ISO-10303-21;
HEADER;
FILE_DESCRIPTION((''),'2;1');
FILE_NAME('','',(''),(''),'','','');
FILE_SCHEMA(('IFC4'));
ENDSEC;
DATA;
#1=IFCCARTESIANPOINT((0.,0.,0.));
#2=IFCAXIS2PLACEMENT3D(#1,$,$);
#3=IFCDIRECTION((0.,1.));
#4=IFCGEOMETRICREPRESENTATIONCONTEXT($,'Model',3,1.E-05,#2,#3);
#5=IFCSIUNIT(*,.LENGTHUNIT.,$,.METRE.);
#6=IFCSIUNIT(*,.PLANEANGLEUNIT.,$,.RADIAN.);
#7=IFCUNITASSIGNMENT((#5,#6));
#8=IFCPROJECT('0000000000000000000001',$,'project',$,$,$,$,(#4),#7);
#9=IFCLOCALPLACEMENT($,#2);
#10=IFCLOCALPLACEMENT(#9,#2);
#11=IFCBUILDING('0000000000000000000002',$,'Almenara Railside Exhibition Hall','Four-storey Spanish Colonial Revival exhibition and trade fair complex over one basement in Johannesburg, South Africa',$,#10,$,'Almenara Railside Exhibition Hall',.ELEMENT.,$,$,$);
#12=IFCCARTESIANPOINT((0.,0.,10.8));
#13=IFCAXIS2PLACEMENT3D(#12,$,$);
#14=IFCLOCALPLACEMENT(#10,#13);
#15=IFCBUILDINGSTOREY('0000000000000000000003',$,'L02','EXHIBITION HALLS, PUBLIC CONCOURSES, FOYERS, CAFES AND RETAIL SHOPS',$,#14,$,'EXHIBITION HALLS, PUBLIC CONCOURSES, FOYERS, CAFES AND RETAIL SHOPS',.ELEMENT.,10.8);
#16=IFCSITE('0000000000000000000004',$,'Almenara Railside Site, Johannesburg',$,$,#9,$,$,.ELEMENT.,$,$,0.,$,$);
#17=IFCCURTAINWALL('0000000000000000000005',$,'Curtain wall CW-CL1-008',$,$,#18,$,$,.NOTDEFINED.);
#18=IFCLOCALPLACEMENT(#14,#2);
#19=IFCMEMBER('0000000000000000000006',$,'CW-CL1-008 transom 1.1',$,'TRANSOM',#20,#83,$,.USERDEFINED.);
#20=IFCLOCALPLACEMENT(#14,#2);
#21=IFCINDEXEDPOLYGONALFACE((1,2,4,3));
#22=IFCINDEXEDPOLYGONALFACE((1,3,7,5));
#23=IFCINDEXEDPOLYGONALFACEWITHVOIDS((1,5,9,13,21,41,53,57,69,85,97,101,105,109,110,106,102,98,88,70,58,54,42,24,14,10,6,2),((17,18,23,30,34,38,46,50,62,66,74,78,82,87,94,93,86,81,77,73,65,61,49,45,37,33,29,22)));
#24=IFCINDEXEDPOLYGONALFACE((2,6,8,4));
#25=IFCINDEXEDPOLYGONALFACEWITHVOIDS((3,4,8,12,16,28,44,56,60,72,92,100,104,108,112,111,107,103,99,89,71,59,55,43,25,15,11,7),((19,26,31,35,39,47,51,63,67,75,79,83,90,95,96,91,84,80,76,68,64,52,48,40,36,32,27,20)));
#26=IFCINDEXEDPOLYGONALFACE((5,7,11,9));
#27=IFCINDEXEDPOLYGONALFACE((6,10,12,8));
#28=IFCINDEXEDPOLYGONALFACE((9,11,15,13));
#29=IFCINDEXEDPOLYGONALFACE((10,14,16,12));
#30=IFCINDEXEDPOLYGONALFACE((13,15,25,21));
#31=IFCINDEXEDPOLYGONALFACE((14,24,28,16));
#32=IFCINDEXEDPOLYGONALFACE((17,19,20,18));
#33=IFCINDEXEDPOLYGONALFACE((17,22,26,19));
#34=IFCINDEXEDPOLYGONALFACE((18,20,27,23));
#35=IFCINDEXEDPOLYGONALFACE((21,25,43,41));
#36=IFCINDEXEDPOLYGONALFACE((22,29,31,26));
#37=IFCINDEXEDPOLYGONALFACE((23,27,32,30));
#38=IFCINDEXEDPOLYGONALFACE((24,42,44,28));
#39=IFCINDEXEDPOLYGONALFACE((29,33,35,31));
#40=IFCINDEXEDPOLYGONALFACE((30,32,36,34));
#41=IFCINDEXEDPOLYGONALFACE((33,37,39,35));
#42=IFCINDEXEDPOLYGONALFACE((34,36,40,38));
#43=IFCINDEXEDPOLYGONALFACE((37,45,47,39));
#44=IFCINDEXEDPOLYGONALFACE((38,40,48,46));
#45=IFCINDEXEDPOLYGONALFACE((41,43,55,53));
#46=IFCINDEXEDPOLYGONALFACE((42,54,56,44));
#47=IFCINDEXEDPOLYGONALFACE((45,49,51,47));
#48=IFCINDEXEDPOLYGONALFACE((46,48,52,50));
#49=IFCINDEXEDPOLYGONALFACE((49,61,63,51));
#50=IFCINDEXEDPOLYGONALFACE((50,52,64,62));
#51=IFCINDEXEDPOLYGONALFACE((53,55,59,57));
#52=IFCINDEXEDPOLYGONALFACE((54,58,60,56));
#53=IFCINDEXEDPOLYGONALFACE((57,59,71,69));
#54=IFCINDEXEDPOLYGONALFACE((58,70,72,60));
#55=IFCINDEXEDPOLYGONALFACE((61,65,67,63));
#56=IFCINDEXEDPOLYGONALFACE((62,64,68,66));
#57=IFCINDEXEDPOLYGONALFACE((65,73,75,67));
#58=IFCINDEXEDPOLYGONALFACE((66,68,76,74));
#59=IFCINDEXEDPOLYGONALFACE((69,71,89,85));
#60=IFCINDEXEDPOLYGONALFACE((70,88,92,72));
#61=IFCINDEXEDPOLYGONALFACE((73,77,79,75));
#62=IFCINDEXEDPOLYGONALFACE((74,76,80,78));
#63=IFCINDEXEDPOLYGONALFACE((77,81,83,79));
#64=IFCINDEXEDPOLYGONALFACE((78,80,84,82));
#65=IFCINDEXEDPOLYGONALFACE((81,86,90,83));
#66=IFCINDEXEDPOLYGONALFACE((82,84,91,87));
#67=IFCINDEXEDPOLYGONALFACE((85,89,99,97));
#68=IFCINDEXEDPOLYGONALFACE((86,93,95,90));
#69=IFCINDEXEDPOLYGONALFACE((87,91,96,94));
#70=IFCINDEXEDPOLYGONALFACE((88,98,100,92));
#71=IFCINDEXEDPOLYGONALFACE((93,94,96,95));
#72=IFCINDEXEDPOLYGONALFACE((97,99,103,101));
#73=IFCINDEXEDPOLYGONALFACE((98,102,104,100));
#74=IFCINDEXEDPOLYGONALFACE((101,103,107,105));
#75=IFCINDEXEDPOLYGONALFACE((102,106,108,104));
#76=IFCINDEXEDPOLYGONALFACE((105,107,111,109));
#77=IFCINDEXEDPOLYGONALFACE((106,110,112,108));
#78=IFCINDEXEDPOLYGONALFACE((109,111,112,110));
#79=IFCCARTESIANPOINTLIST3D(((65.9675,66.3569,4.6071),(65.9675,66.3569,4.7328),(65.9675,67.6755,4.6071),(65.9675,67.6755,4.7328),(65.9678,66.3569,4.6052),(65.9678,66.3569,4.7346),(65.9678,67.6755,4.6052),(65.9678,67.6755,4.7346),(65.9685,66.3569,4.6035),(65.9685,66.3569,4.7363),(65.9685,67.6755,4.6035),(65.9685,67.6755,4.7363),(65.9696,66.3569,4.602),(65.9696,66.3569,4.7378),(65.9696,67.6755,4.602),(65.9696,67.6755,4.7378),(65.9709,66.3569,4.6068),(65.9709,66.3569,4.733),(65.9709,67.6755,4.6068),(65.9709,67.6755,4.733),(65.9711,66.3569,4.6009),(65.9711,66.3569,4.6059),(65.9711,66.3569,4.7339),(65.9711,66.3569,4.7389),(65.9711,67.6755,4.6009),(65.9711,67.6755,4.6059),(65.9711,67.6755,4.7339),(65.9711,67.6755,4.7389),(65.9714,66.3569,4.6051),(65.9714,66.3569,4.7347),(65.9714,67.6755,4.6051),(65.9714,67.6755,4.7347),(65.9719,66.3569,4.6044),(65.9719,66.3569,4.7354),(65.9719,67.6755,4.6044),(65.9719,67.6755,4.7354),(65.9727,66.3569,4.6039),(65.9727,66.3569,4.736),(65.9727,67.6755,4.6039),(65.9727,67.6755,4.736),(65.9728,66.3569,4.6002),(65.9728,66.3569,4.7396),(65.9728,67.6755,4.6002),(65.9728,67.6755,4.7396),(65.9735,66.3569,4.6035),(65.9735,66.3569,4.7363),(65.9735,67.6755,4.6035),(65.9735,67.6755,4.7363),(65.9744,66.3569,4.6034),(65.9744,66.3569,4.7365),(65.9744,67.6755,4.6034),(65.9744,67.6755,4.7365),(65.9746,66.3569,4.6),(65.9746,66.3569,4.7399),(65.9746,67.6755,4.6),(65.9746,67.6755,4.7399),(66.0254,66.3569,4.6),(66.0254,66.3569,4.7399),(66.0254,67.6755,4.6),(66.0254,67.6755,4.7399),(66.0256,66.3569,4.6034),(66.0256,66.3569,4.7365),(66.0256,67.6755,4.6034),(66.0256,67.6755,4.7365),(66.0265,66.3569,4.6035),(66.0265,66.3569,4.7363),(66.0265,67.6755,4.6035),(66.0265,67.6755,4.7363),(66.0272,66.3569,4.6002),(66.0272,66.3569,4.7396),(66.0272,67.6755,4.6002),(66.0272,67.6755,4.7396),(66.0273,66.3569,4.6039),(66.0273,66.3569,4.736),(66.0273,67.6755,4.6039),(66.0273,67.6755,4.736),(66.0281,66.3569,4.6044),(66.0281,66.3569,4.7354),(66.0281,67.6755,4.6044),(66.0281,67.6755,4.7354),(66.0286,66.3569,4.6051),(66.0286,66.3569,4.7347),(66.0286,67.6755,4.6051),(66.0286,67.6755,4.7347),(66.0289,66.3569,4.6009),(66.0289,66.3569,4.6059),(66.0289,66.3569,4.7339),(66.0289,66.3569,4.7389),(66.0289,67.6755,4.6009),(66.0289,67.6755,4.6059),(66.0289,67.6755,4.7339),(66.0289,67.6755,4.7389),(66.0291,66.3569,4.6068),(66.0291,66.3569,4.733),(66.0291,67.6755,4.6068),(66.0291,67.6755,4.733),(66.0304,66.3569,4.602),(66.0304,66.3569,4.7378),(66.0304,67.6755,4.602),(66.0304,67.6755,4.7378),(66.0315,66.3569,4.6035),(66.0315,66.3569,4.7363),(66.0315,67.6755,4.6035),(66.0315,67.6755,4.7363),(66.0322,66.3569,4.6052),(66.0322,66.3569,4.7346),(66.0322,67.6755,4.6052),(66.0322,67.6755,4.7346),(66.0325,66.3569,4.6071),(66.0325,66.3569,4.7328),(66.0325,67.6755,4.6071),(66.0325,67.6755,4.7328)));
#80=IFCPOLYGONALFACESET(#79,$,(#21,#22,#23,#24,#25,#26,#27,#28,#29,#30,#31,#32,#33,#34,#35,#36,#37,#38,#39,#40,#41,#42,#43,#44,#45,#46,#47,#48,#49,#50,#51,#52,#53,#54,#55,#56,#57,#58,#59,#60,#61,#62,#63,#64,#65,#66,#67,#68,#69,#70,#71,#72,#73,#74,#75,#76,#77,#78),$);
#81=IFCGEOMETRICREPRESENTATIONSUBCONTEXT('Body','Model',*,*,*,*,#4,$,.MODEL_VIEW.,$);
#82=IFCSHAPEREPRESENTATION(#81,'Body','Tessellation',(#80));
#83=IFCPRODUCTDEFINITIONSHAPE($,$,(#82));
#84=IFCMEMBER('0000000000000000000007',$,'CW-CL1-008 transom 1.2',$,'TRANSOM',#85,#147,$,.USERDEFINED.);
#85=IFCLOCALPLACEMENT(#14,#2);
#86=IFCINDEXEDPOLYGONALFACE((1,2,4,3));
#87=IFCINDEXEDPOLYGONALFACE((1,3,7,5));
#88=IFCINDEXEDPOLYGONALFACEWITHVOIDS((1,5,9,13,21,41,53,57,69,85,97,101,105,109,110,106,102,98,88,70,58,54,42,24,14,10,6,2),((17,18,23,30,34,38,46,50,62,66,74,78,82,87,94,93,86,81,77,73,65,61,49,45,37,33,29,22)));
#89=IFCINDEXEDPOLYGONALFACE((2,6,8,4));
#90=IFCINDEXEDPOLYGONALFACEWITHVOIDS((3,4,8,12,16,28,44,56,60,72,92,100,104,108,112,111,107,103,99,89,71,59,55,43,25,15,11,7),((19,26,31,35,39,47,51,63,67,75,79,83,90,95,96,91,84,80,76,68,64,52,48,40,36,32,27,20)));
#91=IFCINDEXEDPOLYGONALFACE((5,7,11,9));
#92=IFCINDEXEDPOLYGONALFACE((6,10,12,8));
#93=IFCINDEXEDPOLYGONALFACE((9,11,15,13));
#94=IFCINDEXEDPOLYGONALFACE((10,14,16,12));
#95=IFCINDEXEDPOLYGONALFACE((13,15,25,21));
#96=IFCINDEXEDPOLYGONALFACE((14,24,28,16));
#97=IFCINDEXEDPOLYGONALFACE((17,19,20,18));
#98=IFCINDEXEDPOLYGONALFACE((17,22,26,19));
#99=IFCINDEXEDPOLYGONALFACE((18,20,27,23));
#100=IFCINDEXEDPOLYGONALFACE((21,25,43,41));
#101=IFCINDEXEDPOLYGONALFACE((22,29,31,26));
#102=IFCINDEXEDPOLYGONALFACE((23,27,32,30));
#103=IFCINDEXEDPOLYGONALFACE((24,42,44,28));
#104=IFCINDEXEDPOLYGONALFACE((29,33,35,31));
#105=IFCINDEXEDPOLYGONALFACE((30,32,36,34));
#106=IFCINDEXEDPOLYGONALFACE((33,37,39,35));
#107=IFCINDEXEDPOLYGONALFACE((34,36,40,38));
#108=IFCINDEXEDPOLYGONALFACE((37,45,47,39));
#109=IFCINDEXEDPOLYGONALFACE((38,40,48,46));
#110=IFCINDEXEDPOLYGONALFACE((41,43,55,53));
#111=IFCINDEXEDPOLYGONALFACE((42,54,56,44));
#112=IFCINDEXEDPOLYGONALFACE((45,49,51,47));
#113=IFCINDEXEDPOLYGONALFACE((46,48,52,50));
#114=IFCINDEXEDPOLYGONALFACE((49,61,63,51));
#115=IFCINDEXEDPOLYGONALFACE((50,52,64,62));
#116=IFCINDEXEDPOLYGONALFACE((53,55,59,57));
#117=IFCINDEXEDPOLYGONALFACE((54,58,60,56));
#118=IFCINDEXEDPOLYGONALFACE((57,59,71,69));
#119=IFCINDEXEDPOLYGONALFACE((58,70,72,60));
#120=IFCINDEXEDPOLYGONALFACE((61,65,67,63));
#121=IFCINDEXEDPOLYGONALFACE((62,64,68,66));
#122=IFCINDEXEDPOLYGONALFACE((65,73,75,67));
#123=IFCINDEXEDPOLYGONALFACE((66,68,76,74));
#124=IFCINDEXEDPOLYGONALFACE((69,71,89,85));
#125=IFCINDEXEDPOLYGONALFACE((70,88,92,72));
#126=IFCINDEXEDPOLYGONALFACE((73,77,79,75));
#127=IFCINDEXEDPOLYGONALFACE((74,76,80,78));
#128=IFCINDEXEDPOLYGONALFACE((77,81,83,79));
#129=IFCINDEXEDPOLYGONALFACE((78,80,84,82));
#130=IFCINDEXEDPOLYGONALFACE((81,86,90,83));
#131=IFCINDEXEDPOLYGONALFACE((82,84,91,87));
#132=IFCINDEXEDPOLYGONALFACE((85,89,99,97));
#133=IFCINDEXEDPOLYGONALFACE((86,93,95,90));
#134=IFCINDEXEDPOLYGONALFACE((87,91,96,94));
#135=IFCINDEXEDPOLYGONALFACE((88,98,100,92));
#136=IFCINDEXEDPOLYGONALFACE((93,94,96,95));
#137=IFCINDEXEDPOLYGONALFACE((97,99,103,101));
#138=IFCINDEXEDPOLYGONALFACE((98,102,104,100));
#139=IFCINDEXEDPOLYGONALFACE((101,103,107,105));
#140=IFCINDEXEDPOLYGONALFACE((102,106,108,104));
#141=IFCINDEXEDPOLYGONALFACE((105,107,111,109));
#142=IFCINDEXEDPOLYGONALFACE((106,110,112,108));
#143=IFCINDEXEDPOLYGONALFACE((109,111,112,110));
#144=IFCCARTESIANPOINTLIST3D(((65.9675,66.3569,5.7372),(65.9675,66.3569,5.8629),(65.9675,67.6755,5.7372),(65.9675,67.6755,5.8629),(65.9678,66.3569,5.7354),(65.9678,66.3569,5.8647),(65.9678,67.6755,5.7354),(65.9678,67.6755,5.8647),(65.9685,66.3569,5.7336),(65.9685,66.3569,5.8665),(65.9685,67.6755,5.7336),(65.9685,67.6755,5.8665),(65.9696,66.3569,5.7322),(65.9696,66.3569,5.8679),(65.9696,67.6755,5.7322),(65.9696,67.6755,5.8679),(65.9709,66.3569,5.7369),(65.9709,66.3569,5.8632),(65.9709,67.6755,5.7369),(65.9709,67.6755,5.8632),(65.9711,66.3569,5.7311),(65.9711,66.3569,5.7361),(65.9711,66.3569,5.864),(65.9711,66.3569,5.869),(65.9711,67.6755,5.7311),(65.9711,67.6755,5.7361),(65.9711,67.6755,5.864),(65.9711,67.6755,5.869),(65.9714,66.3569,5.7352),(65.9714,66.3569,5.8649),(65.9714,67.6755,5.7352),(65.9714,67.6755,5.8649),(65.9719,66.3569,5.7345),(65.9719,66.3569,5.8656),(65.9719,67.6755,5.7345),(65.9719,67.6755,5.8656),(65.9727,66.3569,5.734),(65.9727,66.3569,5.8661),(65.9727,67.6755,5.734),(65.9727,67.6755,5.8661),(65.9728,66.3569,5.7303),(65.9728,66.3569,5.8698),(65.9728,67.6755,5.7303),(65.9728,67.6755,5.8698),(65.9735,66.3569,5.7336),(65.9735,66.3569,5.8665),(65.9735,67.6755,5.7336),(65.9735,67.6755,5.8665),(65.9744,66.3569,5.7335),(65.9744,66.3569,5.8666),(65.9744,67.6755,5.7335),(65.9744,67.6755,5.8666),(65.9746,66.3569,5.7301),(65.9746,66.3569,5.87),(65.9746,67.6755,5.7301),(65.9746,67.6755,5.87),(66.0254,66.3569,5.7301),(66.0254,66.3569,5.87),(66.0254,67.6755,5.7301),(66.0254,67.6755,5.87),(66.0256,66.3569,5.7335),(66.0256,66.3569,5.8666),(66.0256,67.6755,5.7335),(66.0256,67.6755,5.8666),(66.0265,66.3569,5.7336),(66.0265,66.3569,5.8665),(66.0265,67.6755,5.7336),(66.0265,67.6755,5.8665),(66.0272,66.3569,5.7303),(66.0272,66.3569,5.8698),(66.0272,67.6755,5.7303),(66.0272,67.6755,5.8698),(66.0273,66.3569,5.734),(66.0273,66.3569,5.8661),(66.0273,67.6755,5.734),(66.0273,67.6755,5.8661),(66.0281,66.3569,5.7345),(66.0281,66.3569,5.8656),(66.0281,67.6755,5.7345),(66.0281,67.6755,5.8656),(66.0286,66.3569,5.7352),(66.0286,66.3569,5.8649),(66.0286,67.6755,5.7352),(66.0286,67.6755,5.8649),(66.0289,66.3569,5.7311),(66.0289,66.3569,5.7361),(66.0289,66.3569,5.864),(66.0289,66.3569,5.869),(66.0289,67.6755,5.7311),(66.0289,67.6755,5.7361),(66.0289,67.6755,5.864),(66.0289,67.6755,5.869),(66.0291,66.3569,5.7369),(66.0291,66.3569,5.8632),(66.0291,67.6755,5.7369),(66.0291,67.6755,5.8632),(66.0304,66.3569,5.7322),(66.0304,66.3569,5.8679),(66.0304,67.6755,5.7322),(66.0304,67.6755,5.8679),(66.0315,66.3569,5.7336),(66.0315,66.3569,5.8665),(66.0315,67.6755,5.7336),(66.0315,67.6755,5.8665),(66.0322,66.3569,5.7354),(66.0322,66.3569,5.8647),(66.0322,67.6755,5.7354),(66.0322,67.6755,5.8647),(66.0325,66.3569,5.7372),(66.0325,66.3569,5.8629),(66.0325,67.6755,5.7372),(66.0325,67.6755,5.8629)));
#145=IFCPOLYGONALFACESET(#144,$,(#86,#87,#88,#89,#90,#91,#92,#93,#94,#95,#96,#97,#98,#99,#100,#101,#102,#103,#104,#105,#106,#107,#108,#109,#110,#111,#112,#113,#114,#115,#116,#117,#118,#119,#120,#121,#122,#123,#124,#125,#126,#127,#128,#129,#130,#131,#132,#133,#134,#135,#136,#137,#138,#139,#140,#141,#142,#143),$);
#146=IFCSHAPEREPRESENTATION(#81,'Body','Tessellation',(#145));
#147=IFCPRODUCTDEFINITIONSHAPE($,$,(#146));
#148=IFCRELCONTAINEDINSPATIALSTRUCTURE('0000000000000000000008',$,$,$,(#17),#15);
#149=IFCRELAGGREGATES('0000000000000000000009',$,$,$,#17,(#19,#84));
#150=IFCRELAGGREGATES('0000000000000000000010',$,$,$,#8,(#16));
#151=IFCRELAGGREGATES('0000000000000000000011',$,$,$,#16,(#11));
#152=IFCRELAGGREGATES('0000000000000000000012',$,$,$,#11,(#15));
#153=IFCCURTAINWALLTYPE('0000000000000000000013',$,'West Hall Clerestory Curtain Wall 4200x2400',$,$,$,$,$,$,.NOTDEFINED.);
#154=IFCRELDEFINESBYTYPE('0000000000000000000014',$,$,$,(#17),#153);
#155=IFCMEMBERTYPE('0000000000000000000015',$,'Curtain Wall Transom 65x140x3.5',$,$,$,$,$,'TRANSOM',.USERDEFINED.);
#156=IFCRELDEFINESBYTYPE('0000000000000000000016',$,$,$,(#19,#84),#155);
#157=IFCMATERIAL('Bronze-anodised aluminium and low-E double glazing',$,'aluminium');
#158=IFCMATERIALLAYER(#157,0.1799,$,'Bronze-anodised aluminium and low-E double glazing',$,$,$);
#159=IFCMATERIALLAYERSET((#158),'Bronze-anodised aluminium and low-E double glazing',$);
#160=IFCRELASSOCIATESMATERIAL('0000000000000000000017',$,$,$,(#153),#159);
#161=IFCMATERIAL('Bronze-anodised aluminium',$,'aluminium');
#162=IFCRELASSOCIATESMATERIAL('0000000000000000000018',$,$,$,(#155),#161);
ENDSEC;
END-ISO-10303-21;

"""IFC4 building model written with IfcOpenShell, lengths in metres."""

from ifc_helpers import new_model, si_unit, direction, frame, origin, origin_2d, place, context, subcontext, project, spatial, hollow_rectangle, extrude, material, layer, layer_set, material_profile, profile_set, type_object, element, aggregate, save


model = new_model("IFC4")

# Units and contexts
model_context = context("Model", 3, precision=1e-05, world=origin(), true_north=direction((0.0, 1.0)))
body_context = subcontext(model_context, "Body", "Model", "MODEL_VIEW")
ifc_project = project(units=[si_unit("LENGTHUNIT", "METRE"), si_unit("PLANEANGLEUNIT", "RADIAN")], contexts=[model_context])

# Site, building, storey
site_placement = place(None, origin())
site = spatial("IfcSite", under=ifc_project, at=site_placement, Name="Almenara Railside Site, Johannesburg", CompositionType="ELEMENT", RefElevation=0.0)
building_placement = place(site_placement, origin())
building = spatial("IfcBuilding", under=site, at=building_placement, Name="Almenara Railside Exhibition Hall", Description="Four-storey Spanish Colonial Revival exhibition and trade fair complex over one basement in Johannesburg, South Africa", LongName="Almenara Railside Exhibition Hall", CompositionType="ELEMENT")
storey_placement = place(building_placement, frame((0.0, 0.0, 10.8)))
storey = spatial("IfcBuildingStorey", under=building, at=storey_placement, Name="L02", Description="EXHIBITION HALLS, PUBLIC CONCOURSES, FOYERS, CAFES AND RETAIL SHOPS", LongName="EXHIBITION HALLS, PUBLIC CONCOURSES, FOYERS, CAFES AND RETAIL SHOPS", CompositionType="ELEMENT", Elevation=10.8)

# Curtain wall
ifc_material_1 = material(Name="Bronze-anodised aluminium and low-E double glazing", Category="aluminium")
ifc_layer_1 = layer(ifc_material_1, 0.1799, Name="Bronze-anodised aluminium and low-E double glazing")
ifc_layer_set_1 = layer_set([ifc_layer_1], Name="Bronze-anodised aluminium and low-E double glazing")
curtain_wall_type_1 = type_object("IfcCurtainWallType", Name="West Hall Clerestory Curtain Wall 4200x2400", PredefinedType="NOTDEFINED", material=ifc_layer_set_1)
curtain_wall_1_placement = place(storey_placement, origin())
curtain_wall_1 = element("IfcCurtainWall", 1, at=curtain_wall_1_placement, inside=storey, type_object=curtain_wall_type_1, Name="Curtain wall CW-CL1-008", PredefinedType="NOTDEFINED")
ifc_material_2 = material(Name="Bronze-anodised aluminium", Category="aluminium")

# Members
ifc_material_profile_1 = material_profile(ifc_material_2, hollow_rectangle(XDim=0.0649, YDim=0.1399, WallThickness=0.0034, InnerFilletRadius=0.0034, OuterFilletRadius=0.0071, at=origin_2d()), Name="ALU-TRN 65x140x3.5")
ifc_profile_set_1 = profile_set([ifc_material_profile_1], Name="Bronze-anodised aluminium")
member_type_1 = type_object("IfcMemberType", Name="Curtain Wall Transom 65x140x3.5", ElementType="TRANSOM", PredefinedType="USERDEFINED", material=ifc_profile_set_1)
member_1_placement = place(storey_placement, frame((66.0, 66.3569, 4.6699), z_axis=(0.0, 1.0, 0.0), x_axis=(-1.0, 0.0, 0.0)))
member_1 = element("IfcMember", 2, at=member_1_placement, type_object=member_type_1, Name="CW-CL1-008 transom 1.1", ObjectType="TRANSOM", PredefinedType="USERDEFINED", context=body_context, shape_type="SweptSolid", body=[
    extrude(hollow_rectangle(XDim=0.0649, YDim=0.1399, WallThickness=0.0034, InnerFilletRadius=0.0034, OuterFilletRadius=0.0071, at=origin_2d()), origin(), (0.0, 0.0, 1.0), 1.3186),
])
member_2_placement = place(storey_placement, frame((66.0, 66.3569, 5.8), z_axis=(0.0, 1.0, 0.0), x_axis=(-1.0, 0.0, 0.0)))
member_2 = element("IfcMember", 3, at=member_2_placement, type_object=member_type_1, Name="CW-CL1-008 transom 1.2", ObjectType="TRANSOM", PredefinedType="USERDEFINED", context=body_context, shape_type="SweptSolid", body=[
    extrude(hollow_rectangle(XDim=0.0649, YDim=0.1399, WallThickness=0.0034, InnerFilletRadius=0.0034, OuterFilletRadius=0.0071, at=origin_2d()), origin(), (0.0, 0.0, 1.0), 1.3186),
])

aggregate(curtain_wall_1, [member_1, member_2])

save(model, "model.ifc")
